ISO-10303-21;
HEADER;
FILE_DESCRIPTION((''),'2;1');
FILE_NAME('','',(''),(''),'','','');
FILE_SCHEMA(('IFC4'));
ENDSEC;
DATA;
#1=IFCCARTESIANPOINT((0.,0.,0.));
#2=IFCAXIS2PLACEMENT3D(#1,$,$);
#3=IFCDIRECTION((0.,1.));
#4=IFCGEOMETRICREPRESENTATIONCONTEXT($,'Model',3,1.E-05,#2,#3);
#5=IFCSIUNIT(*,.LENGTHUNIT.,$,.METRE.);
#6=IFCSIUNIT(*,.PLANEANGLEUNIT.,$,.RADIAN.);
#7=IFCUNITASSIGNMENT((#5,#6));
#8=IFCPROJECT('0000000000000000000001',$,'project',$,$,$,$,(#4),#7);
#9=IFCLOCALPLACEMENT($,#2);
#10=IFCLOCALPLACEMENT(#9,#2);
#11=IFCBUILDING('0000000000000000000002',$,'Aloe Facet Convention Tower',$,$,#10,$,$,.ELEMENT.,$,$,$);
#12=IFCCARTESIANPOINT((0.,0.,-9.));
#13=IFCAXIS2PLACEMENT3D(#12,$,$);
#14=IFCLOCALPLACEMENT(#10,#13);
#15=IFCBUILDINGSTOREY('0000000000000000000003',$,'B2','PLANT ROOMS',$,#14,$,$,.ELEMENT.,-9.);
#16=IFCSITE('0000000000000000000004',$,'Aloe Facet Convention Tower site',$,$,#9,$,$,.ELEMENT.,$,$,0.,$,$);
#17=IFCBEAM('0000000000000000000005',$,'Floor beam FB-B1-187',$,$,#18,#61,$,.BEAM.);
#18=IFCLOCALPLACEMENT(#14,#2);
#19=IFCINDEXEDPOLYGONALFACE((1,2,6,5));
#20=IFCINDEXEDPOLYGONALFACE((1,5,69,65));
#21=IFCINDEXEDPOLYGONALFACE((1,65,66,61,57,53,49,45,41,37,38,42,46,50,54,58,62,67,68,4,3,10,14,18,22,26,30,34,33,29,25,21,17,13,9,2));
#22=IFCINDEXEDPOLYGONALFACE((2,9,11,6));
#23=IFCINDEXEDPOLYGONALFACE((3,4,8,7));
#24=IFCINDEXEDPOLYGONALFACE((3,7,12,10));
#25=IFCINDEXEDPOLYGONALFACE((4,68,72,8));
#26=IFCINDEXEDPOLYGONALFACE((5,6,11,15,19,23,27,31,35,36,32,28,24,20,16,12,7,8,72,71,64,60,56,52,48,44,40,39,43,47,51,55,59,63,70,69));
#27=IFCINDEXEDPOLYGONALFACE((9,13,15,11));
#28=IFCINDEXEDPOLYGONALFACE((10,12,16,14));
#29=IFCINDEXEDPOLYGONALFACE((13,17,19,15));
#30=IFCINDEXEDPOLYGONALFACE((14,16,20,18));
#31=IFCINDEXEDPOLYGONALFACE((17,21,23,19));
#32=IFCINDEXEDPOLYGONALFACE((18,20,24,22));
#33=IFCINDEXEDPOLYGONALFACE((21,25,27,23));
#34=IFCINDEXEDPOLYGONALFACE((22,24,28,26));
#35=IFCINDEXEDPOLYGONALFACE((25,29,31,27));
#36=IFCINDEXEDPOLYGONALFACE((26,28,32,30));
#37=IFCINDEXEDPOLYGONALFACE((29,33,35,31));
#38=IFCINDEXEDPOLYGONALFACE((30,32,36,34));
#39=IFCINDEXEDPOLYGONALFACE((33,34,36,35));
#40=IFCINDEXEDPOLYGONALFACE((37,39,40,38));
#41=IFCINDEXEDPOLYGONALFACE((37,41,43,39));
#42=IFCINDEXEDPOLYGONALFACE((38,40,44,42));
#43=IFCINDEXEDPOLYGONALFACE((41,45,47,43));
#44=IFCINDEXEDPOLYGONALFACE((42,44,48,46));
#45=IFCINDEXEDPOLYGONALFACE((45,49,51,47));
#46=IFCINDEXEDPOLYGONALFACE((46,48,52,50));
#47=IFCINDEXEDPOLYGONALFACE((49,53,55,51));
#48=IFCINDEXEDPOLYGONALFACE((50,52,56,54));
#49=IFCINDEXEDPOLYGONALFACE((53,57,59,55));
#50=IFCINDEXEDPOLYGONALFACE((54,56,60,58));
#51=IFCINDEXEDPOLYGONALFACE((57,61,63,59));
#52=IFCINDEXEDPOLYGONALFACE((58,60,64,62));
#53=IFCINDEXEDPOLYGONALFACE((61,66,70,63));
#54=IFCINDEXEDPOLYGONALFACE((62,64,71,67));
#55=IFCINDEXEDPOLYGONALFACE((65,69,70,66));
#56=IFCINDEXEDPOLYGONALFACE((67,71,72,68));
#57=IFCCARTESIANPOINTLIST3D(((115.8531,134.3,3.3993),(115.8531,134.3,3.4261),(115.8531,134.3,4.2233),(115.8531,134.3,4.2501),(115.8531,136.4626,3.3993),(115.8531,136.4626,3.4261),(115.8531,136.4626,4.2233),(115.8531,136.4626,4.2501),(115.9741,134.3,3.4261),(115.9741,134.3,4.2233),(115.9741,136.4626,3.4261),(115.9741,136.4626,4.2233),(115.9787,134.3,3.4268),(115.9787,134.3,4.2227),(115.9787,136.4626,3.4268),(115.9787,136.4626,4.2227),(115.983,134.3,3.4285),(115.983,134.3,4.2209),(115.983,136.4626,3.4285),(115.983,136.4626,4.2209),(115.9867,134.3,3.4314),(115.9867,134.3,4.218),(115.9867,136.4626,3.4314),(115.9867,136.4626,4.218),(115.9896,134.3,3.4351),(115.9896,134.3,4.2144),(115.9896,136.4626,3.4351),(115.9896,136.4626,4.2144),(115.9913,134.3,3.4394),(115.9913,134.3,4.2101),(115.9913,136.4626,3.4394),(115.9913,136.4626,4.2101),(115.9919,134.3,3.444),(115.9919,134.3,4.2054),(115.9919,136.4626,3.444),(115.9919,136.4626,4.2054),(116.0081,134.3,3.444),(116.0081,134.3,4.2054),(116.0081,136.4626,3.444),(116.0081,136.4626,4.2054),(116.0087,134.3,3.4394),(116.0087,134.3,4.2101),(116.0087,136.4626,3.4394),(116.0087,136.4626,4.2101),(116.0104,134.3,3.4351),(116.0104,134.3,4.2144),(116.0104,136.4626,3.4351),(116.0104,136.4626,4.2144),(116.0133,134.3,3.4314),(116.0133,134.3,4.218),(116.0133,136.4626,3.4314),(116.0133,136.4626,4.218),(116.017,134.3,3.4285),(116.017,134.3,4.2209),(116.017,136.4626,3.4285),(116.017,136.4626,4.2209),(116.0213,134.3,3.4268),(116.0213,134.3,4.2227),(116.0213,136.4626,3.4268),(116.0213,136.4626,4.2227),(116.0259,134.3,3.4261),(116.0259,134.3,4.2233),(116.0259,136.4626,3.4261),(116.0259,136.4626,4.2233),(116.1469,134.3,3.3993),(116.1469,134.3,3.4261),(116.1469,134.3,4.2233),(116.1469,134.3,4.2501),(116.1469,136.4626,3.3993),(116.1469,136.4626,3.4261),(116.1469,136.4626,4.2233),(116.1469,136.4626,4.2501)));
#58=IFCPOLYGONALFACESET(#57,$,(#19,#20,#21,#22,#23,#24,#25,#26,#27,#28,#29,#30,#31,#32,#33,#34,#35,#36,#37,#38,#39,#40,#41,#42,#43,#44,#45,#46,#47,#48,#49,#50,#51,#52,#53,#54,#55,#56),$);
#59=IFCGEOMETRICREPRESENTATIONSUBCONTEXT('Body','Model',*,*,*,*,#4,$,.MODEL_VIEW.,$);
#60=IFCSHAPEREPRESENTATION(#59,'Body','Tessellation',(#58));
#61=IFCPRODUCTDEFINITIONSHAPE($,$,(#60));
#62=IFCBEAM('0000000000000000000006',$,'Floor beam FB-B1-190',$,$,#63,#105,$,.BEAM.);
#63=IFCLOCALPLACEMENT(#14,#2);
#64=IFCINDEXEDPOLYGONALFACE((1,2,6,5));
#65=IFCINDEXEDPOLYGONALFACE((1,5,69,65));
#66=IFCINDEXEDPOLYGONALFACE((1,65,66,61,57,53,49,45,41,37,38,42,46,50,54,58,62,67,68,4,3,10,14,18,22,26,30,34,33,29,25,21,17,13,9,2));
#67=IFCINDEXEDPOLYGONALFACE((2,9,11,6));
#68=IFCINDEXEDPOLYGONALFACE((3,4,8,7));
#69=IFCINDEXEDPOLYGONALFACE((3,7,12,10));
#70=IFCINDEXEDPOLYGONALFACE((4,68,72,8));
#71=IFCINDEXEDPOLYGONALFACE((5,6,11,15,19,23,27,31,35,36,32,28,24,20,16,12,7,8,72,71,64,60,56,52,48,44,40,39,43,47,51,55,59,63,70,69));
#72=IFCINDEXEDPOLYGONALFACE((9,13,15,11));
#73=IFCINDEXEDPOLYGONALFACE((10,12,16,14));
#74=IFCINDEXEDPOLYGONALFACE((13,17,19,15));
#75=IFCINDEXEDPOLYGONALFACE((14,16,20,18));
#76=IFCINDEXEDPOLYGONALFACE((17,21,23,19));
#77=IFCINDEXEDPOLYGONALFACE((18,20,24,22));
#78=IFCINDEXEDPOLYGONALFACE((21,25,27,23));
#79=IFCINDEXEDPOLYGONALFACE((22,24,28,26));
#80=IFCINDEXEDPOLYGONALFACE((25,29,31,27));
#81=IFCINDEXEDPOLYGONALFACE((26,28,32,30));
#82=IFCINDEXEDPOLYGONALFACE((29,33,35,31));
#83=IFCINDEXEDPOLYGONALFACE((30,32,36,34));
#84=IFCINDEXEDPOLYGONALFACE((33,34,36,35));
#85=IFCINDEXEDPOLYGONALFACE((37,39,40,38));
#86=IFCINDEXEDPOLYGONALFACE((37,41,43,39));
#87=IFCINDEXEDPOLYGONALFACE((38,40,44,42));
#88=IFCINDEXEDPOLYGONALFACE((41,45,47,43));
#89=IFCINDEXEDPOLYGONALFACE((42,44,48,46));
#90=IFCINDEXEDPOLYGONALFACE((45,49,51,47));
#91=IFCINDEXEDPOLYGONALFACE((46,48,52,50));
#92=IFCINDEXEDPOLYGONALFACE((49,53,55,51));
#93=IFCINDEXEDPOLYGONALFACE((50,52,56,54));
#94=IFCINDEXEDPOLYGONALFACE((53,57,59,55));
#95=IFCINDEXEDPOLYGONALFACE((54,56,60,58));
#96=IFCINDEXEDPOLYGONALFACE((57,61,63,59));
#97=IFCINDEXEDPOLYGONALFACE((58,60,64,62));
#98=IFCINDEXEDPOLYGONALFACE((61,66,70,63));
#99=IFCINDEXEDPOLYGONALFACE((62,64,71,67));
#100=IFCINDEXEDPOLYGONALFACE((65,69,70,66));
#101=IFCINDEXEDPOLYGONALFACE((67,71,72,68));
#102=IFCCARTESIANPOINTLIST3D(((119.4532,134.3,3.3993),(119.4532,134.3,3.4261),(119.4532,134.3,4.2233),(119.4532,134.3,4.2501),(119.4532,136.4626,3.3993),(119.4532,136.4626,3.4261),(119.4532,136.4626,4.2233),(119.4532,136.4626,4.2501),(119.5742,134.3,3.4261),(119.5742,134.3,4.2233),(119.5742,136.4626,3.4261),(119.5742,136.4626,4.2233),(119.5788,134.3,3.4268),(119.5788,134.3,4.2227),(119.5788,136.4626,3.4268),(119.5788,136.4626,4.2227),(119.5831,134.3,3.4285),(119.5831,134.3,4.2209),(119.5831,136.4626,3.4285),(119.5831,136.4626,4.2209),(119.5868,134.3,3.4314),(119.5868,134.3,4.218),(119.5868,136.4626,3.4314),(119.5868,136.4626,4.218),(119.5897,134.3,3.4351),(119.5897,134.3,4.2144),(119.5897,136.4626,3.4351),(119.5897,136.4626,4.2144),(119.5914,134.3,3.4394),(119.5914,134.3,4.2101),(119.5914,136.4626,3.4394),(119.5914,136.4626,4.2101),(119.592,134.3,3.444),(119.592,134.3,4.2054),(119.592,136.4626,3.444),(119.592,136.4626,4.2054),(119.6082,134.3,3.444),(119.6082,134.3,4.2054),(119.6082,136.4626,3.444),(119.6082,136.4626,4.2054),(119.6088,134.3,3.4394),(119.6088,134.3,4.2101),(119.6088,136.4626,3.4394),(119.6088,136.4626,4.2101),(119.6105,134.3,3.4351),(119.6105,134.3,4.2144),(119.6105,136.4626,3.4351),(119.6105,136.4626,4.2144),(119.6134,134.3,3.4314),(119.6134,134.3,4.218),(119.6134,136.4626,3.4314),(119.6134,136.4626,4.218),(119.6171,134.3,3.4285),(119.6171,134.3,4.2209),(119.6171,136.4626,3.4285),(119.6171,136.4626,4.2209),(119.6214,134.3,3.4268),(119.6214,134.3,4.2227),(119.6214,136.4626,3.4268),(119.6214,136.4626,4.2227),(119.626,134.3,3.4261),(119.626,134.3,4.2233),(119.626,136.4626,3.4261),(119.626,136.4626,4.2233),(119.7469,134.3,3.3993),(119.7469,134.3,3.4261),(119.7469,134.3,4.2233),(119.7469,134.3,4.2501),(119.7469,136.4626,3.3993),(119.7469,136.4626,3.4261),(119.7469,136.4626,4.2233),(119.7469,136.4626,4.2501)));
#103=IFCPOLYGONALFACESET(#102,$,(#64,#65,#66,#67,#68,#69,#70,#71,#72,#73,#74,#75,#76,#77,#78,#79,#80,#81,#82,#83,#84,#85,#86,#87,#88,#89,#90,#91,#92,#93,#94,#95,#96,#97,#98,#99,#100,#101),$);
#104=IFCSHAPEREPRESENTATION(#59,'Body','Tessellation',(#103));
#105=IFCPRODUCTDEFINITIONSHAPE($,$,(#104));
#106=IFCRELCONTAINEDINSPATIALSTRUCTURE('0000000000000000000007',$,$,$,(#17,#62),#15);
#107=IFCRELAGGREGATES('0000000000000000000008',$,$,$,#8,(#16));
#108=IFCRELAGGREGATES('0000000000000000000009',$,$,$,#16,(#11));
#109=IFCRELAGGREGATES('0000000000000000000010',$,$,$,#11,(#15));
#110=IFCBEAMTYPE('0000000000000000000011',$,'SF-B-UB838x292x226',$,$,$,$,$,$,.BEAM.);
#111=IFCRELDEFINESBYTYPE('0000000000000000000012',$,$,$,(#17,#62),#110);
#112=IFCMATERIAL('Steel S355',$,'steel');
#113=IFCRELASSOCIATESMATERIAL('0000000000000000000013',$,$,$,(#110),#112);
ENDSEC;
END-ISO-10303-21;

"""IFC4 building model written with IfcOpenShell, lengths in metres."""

from ifc_helpers import new_model, si_unit, direction, frame, origin, origin_2d, place, context, subcontext, project, spatial, i_section, extrude, material, material_profile, profile_set, type_object, element, save


model = new_model("IFC4")

# Units and contexts
model_context = context("Model", 3, precision=1e-05, world=origin(), true_north=direction((0.0, 1.0)))
body_context = subcontext(model_context, "Body", "Model", "MODEL_VIEW")
ifc_project = project(units=[si_unit("LENGTHUNIT", "METRE"), si_unit("PLANEANGLEUNIT", "RADIAN")], contexts=[model_context])

# Site, building, storey
site_placement = place(None, origin())
site = spatial("IfcSite", under=ifc_project, at=site_placement, Name="Aloe Facet Convention Tower site", CompositionType="ELEMENT", RefElevation=0.0)
building_placement = place(site_placement, origin())
building = spatial("IfcBuilding", under=site, at=building_placement, Name="Aloe Facet Convention Tower", CompositionType="ELEMENT")
storey_placement = place(building_placement, frame((0.0, 0.0, -9.0)))
storey = spatial("IfcBuildingStorey", under=building, at=storey_placement, Name="B2", Description="PLANT ROOMS", CompositionType="ELEMENT", Elevation=-9.0)

# Beams
ifc_material_1 = material(Name="Steel S355", Category="steel")
ifc_material_profile_1 = material_profile(ifc_material_1, i_section(OverallWidth=0.2937, OverallDepth=0.8508, WebThickness=0.0161, FlangeThickness=0.0269, FilletRadius=0.0178, at=origin_2d()), Name="UB 838x292x226")
ifc_profile_set_1 = profile_set([ifc_material_profile_1], Name="Steel S355")
beam_type = type_object("IfcBeamType", Name="SF-B-UB838x292x226", PredefinedType="BEAM", material=ifc_profile_set_1)
for number, where, z_axis, x_axis, name in (
    (1, (116.0, 134.3, 3.8247), (0.0, 1.0, 0.0), (-1.0, 0.0, 0.0), "Floor beam FB-B1-187"),
    (2, (119.6001, 134.3, 3.8247), (0.0, 1.0, 0.0), (-1.0, 0.0, 0.0), "Floor beam FB-B1-190"),
):
    element("IfcBeam", number, at=place(storey_placement, frame(where, z_axis=z_axis, x_axis=x_axis)), inside=storey, type_object=beam_type, Name=name, PredefinedType="BEAM", context=body_context, shape_type="SweptSolid", body=[
        extrude(i_section(OverallWidth=0.2937, OverallDepth=0.8508, WebThickness=0.0161, FlangeThickness=0.0269, FilletRadius=0.0178, at=origin_2d()), origin(), (0.0, 0.0, 1.0), 2.1626),
    ])

save(model, "model.ifc")
